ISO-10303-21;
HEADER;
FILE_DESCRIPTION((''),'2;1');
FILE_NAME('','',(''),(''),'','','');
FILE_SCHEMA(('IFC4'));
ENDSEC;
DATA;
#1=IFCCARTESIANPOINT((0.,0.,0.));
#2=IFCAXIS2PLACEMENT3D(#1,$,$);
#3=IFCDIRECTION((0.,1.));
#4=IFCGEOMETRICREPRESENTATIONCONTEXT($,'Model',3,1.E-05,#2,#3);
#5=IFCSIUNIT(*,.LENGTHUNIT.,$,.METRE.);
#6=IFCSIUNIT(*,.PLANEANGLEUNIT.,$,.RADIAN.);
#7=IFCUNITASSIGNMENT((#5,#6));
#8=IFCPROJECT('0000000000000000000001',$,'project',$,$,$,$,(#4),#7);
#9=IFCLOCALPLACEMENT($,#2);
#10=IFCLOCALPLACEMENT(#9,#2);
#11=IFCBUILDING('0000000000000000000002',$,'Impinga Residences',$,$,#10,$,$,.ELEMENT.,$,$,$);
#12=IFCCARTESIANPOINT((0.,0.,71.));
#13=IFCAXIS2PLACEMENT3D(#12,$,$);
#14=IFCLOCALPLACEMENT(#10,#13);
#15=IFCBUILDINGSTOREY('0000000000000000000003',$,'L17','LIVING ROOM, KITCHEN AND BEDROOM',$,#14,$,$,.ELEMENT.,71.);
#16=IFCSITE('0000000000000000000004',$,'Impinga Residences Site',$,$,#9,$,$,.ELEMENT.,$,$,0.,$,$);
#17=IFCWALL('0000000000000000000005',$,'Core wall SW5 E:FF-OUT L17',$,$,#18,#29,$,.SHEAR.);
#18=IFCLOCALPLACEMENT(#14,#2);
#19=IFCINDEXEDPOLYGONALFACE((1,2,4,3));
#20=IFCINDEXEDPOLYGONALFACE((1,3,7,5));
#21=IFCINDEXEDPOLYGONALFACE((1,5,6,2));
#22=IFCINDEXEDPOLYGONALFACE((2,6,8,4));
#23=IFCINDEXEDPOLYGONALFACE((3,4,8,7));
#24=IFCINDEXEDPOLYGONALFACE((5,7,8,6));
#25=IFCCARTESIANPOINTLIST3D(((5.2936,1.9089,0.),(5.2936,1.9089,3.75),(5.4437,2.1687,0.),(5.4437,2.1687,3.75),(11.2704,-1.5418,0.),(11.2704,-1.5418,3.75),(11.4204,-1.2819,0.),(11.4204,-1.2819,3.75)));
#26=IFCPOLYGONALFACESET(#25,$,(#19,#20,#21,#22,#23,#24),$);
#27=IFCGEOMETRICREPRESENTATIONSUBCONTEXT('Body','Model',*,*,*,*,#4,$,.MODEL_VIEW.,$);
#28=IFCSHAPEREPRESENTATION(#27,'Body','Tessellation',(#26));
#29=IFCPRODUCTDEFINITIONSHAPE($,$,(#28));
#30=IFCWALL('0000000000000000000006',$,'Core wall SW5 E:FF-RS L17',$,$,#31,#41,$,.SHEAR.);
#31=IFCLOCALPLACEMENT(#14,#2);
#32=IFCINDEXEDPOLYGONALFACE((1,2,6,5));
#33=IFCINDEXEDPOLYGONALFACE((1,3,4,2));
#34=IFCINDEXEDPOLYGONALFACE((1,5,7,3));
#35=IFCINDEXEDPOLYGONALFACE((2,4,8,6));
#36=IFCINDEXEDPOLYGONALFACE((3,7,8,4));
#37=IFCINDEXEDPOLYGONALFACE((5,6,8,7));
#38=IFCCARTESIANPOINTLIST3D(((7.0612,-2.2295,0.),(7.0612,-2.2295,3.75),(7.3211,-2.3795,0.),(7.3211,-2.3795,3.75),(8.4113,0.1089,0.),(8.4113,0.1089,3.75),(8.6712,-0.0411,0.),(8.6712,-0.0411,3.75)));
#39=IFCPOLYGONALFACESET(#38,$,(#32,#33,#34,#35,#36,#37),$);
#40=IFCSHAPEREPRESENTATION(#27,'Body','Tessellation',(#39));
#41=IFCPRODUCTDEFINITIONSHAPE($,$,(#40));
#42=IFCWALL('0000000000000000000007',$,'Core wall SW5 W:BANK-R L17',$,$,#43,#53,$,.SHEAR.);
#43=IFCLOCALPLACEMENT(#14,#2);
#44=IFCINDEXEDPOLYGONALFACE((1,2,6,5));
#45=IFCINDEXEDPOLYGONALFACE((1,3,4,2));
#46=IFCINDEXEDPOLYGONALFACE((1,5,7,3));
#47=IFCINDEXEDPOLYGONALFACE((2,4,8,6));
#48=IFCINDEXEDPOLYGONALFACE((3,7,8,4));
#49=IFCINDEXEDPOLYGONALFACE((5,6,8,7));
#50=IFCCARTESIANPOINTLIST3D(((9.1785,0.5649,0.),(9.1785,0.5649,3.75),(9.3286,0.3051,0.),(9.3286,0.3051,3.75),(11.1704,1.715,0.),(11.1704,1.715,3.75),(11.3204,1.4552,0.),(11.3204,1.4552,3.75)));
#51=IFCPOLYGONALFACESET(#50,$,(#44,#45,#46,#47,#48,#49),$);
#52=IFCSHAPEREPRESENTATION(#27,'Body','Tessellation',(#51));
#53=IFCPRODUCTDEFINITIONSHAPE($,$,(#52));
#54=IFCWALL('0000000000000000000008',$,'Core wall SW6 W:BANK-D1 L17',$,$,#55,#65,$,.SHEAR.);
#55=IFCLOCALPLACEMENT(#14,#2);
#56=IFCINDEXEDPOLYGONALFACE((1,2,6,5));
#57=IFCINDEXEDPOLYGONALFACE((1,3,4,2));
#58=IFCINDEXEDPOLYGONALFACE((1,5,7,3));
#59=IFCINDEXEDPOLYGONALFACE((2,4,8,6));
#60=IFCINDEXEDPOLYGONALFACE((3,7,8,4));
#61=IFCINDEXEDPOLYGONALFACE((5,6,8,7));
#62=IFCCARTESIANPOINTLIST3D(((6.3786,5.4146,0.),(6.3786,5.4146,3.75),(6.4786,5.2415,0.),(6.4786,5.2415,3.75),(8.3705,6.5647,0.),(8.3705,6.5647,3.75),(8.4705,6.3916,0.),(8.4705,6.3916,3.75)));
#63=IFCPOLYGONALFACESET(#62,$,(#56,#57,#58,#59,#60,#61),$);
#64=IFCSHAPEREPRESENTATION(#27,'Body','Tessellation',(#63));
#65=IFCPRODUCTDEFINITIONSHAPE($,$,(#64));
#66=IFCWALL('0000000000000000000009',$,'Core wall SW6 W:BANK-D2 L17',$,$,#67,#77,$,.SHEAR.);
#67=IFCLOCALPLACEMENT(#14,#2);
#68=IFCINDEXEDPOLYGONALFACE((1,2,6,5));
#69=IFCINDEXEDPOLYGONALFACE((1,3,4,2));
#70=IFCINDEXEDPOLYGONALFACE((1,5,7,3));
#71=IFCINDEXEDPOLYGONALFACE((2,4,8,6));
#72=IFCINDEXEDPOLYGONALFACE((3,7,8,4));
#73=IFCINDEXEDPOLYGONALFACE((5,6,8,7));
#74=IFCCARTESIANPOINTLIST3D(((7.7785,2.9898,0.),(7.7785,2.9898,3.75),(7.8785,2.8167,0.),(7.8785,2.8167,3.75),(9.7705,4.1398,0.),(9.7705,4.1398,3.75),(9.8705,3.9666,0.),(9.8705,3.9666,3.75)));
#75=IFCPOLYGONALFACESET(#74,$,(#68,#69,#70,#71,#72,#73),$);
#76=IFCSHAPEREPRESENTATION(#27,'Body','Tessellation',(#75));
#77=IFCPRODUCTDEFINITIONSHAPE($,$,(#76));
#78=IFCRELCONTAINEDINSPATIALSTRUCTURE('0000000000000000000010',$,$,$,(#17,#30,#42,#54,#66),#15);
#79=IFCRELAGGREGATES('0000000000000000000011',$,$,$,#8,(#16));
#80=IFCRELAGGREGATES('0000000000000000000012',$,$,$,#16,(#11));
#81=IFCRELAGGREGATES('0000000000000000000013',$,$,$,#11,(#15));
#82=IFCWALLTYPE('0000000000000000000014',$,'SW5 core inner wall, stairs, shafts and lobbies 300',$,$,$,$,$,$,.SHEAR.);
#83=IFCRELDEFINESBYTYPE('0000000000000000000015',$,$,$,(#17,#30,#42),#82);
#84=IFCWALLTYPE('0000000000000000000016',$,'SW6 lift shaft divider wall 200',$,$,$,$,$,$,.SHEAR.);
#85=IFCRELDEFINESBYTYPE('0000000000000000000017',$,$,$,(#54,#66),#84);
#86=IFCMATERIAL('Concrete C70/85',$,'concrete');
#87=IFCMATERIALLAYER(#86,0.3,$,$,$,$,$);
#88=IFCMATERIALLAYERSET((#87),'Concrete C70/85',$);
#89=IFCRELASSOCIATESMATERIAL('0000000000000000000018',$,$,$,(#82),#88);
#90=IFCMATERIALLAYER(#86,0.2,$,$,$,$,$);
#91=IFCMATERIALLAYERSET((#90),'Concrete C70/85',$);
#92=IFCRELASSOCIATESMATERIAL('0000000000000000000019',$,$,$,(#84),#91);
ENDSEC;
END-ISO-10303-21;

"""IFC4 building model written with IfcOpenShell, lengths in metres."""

from ifc_helpers import new_model, si_unit, direction, frame, frame_2d, origin, place, context, subcontext, project, spatial, rectangle, extrude, material, layer, layer_set, type_object, element, save


model = new_model("IFC4")

# Units and contexts
model_context = context("Model", 3, precision=1e-05, world=origin(), true_north=direction((0.0, 1.0)))
body_context = subcontext(model_context, "Body", "Model", "MODEL_VIEW")
ifc_project = project(units=[si_unit("LENGTHUNIT", "METRE"), si_unit("PLANEANGLEUNIT", "RADIAN")], contexts=[model_context])

# Site, building, storey
site_placement = place(None, origin())
site = spatial("IfcSite", under=ifc_project, at=site_placement, Name="Impinga Residences Site", CompositionType="ELEMENT", RefElevation=0.0)
building_placement = place(site_placement, origin())
building = spatial("IfcBuilding", under=site, at=building_placement, Name="Impinga Residences", CompositionType="ELEMENT")
storey_placement = place(building_placement, frame((0.0, 0.0, 71.0)))
storey = spatial("IfcBuildingStorey", under=building, at=storey_placement, Name="L17", Description="LIVING ROOM, KITCHEN AND BEDROOM", CompositionType="ELEMENT", Elevation=71.0)

# Shared definitions
ifc_material_1 = material(Name="Concrete C70/85", Category="concrete")

# Shared definitions
ifc_layer_1 = layer(ifc_material_1, 0.3)
ifc_layer_set_1 = layer_set([ifc_layer_1], Name="Concrete C70/85")
wall_type_1 = type_object("IfcWallType", Name="SW5 core inner wall, stairs, shafts and lobbies 300", PredefinedType="SHEAR", material=ifc_layer_set_1)

# Walls
wall_1_placement = place(storey_placement, frame((5.3687, 2.0388, 0.0), z_axis=(0.0, 0.0, 1.0), x_axis=(0.866027, -0.499997, 0.0)))
element("IfcWall", 1, at=wall_1_placement, inside=storey, type_object=wall_type_1, Name="Core wall SW5 E:FF-OUT L17", PredefinedType="SHEAR", context=body_context, shape_type="SweptSolid", body=[
    extrude(rectangle(XDim=6.9014, YDim=0.3, at=frame_2d((3.4507, 0.0))), origin(), (0.0, 0.0, 1.0), 3.75),
])
wall_2_placement = place(storey_placement, frame((8.5413, 0.0339, 0.0), z_axis=(0.0, 0.0, 1.0), x_axis=(-0.500009, -0.86602, 0.0)))
element("IfcWall", 2, at=wall_2_placement, inside=storey, type_object=wall_type_1, Name="Core wall SW5 E:FF-RS L17", PredefinedType="SHEAR", context=body_context, shape_type="SweptSolid", body=[
    extrude(rectangle(XDim=2.7002, YDim=0.3, at=frame_2d((1.3501, 0.0))), origin(), (0.0, 0.0, 1.0), 3.75),
])
wall_3_placement = place(storey_placement, frame((9.2537, 0.4351, 0.0), z_axis=(0.0, 0.0, 1.0), x_axis=(0.866007, 0.500032, 0.0)))
element("IfcWall", 3, at=wall_3_placement, inside=storey, type_object=wall_type_1, Name="Core wall SW5 W:BANK-R L17", PredefinedType="SHEAR", context=body_context, shape_type="SweptSolid", body=[
    extrude(rectangle(XDim=2.3, YDim=0.3, at=frame_2d((1.1499, 0.0))), origin(), (0.0, 0.0, 1.0), 3.75),
])
ifc_layer_2 = layer(ifc_material_1, 0.2)
ifc_layer_set_2 = layer_set([ifc_layer_2], Name="Concrete C70/85")
wall_type_2 = type_object("IfcWallType", Name="SW6 lift shaft divider wall 200", PredefinedType="SHEAR", material=ifc_layer_set_2)
for number, where, z_axis, x_axis, name in (
    (4, (6.4287, 5.3281, 0.0), (0.0, 0.0, 1.0), (0.866007, 0.500032, 0.0), "Core wall SW6 W:BANK-D1 L17"),
    (5, (7.8286, 2.9033, 0.0), (0.0, 0.0, 1.0), (0.866053, 0.499952, 0.0), "Core wall SW6 W:BANK-D2 L17"),
):
    element("IfcWall", number, at=place(storey_placement, frame(where, z_axis=z_axis, x_axis=x_axis)), inside=storey, type_object=wall_type_2, Name=name, PredefinedType="SHEAR", context=body_context, shape_type="SweptSolid", body=[
        extrude(rectangle(XDim=2.3, YDim=0.2, at=frame_2d((1.1499, 0.0))), origin(), (0.0, 0.0, 1.0), 3.75),
    ])

save(model, "model.ifc")
